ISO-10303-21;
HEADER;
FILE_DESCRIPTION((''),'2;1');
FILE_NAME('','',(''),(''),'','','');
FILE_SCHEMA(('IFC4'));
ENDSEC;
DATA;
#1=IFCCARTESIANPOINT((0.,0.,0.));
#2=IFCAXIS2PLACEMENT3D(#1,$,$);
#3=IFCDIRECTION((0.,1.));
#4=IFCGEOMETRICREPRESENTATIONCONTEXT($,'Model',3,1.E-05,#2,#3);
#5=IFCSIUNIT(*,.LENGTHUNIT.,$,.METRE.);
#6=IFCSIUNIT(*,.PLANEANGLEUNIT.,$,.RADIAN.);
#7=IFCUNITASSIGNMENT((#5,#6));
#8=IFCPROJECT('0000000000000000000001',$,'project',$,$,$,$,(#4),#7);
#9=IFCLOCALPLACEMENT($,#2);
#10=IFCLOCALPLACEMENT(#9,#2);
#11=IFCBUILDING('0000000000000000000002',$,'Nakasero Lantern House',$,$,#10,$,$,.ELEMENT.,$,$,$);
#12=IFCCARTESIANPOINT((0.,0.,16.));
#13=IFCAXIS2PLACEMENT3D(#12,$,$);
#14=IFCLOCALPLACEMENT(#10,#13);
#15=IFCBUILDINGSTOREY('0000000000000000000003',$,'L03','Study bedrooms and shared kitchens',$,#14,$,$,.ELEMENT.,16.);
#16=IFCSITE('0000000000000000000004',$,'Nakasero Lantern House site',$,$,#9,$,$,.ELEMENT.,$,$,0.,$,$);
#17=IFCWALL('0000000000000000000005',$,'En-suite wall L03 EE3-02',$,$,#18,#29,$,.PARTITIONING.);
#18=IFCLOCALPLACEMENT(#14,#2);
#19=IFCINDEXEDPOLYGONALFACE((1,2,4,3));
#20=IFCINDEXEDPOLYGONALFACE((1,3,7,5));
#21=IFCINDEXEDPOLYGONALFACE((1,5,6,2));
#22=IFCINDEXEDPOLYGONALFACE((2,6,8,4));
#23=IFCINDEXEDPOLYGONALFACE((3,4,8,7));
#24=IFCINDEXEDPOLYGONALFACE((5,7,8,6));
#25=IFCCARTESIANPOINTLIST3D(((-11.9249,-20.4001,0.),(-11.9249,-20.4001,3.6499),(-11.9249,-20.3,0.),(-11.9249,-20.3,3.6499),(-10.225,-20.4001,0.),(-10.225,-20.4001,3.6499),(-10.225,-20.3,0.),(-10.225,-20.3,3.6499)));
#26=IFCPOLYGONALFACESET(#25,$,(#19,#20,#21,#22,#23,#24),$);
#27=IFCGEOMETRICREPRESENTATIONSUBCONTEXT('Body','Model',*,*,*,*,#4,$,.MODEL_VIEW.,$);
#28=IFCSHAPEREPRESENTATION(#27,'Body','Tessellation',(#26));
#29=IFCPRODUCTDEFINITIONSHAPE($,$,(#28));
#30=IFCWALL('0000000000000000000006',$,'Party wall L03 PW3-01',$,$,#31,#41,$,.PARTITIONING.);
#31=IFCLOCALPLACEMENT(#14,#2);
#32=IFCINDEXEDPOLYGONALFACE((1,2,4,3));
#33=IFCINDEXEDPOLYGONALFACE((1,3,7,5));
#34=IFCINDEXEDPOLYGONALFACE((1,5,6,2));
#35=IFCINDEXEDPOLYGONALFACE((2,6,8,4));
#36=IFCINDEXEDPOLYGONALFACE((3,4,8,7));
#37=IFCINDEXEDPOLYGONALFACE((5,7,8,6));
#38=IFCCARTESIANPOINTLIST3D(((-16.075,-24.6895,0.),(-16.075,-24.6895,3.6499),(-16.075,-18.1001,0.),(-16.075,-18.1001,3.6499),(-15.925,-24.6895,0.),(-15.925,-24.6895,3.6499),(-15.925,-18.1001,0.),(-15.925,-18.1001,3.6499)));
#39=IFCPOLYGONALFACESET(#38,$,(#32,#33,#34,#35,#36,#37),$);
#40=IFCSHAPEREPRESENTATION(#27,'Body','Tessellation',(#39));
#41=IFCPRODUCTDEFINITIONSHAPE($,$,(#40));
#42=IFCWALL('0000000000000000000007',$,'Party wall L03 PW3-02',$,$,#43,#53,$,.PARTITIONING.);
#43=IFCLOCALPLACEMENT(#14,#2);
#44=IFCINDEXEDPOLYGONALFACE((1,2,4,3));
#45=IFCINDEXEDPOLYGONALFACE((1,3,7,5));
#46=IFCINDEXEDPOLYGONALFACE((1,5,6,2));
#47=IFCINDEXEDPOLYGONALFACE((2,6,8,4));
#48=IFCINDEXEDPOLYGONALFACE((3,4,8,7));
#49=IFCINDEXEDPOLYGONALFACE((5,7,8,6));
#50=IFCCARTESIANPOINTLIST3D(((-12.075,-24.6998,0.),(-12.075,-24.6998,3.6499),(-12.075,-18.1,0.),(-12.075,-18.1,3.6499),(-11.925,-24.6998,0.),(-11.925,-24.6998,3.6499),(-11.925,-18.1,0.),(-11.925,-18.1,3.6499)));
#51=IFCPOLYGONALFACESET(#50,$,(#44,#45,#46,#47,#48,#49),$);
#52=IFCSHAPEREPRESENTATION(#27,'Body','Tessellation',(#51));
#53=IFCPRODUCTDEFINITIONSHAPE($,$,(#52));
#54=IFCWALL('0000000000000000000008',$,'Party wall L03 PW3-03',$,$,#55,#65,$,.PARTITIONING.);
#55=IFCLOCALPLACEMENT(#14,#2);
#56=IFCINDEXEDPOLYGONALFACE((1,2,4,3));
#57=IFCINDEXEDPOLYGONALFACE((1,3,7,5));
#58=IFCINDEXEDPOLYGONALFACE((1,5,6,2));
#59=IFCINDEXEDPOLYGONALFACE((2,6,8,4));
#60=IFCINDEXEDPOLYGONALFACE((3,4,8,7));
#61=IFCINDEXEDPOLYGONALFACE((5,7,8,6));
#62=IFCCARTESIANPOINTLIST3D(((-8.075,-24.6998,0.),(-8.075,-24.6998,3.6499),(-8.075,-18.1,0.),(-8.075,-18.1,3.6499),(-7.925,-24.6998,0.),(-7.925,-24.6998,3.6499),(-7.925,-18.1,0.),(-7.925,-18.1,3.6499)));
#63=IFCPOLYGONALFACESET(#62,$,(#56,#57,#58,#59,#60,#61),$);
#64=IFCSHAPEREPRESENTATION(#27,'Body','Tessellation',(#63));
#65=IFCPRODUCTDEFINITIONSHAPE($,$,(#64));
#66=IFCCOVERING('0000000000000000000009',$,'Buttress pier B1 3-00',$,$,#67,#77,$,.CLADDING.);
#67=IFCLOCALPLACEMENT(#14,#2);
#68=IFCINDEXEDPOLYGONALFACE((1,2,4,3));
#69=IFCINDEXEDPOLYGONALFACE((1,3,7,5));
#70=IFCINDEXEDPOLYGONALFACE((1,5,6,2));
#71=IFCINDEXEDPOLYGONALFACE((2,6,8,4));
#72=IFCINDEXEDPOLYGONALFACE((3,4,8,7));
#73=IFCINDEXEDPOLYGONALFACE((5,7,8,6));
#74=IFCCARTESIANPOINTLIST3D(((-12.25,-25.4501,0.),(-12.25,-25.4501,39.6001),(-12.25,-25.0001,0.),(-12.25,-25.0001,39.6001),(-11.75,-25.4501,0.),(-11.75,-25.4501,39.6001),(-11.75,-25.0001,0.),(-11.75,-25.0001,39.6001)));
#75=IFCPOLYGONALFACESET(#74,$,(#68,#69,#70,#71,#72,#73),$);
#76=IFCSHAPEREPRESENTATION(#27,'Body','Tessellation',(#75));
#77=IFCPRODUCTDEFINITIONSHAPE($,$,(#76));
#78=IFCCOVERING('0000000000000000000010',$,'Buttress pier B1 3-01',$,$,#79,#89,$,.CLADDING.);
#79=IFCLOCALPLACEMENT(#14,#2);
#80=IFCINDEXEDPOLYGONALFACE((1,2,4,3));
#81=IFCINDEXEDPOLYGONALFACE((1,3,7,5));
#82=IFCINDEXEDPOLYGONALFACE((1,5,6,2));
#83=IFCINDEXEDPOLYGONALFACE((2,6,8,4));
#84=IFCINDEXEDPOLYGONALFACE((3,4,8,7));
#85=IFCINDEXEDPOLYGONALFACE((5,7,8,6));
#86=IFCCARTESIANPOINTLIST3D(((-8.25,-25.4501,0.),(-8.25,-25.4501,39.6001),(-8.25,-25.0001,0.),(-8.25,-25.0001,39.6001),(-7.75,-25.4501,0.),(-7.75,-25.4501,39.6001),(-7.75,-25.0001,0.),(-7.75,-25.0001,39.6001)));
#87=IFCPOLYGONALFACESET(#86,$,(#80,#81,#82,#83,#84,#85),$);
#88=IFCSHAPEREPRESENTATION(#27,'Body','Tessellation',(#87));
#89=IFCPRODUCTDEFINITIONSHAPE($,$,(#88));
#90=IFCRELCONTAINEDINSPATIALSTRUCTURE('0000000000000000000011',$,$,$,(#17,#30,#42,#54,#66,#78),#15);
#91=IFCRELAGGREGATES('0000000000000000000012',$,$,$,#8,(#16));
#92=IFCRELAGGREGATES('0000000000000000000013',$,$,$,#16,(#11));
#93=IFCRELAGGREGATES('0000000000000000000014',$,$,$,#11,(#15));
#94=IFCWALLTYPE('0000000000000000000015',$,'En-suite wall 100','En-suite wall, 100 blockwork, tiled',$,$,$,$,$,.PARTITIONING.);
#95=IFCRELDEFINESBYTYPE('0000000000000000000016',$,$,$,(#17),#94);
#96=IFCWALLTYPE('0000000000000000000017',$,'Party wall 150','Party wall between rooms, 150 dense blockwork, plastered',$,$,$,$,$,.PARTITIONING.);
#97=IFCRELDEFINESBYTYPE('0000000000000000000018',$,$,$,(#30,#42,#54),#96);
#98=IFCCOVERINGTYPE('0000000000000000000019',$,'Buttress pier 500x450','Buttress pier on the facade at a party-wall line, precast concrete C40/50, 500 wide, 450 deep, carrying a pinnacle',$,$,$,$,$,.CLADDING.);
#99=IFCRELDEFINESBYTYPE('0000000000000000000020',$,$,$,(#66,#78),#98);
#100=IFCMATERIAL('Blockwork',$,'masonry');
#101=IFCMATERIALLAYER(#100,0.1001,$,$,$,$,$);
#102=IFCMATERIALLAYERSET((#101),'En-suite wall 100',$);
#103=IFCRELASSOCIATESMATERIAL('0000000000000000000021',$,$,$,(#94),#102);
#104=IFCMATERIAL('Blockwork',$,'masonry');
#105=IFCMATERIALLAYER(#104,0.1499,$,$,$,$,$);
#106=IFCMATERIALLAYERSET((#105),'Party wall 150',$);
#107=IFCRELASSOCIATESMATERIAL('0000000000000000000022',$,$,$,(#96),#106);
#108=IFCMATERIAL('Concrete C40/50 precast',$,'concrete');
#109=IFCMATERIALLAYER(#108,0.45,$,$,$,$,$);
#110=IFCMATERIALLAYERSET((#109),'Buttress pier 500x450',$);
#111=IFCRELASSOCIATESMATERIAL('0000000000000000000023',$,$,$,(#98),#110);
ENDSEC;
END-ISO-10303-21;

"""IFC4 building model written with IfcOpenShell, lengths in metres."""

from ifc_helpers import new_model, si_unit, direction, frame, frame_2d, origin, origin_2d, place, context, subcontext, project, spatial, rectangle, extrude, material, layer, layer_set, type_object, element, save


model = new_model("IFC4")

# Units and contexts
model_context = context("Model", 3, precision=1e-05, world=origin(), true_north=direction((0.0, 1.0)))
body_context = subcontext(model_context, "Body", "Model", "MODEL_VIEW")
ifc_project = project(units=[si_unit("LENGTHUNIT", "METRE"), si_unit("PLANEANGLEUNIT", "RADIAN")], contexts=[model_context])

# Site, building, storey
site_placement = place(None, origin())
site = spatial("IfcSite", under=ifc_project, at=site_placement, Name="Nakasero Lantern House site", CompositionType="ELEMENT", RefElevation=0.0)
building_placement = place(site_placement, origin())
building = spatial("IfcBuilding", under=site, at=building_placement, Name="Nakasero Lantern House", CompositionType="ELEMENT")
storey_placement = place(building_placement, frame((0.0, 0.0, 16.0)))
storey = spatial("IfcBuildingStorey", under=building, at=storey_placement, Name="L03", Description="Study bedrooms and shared kitchens", CompositionType="ELEMENT", Elevation=16.0)

# Shared definitions
ifc_material_1 = material(Name="Blockwork", Category="masonry")
ifc_layer_1 = layer(ifc_material_1, 0.1001)
ifc_layer_set_1 = layer_set([ifc_layer_1], Name="En-suite wall 100")
wall_type_1 = type_object("IfcWallType", Name="En-suite wall 100", Description="En-suite wall, 100 blockwork, tiled", PredefinedType="PARTITIONING", material=ifc_layer_set_1)

# Walls
wall_1_placement = place(storey_placement, frame((-11.925, -20.3501, 0.0), z_axis=(0.0, 0.0, 1.0), x_axis=(1.0, 0.0, 0.0)))
element("IfcWall", 1, at=wall_1_placement, inside=storey, type_object=wall_type_1, Name="En-suite wall L03 EE3-02", PredefinedType="PARTITIONING", context=body_context, shape_type="SweptSolid", body=[
    extrude(rectangle(XDim=1.7, YDim=0.1001, at=frame_2d((0.8501, 0.0))), origin(), (0.0, 0.0, 1.0), 3.6499),
])
ifc_material_2 = material(Name="Blockwork", Category="masonry")
ifc_layer_2 = layer(ifc_material_2, 0.1499)
ifc_layer_set_2 = layer_set([ifc_layer_2], Name="Party wall 150")
wall_type_2 = type_object("IfcWallType", Name="Party wall 150", Description="Party wall between rooms, 150 dense blockwork, plastered", PredefinedType="PARTITIONING", material=ifc_layer_set_2)
wall_2_placement = place(storey_placement, frame((-16.0, -18.1001, 0.0), z_axis=(0.0, 0.0, 1.0), x_axis=(0.0, -1.0, 0.0)))
element("IfcWall", 2, at=wall_2_placement, inside=storey, type_object=wall_type_2, Name="Party wall L03 PW3-01", PredefinedType="PARTITIONING", context=body_context, shape_type="SweptSolid", body=[
    extrude(rectangle(XDim=6.5894, YDim=0.1499, at=frame_2d((3.2947, 0.0))), origin(), (0.0, 0.0, 1.0), 3.6499),
])
for number, where, z_axis, x_axis, name in (
    (3, (-12.0, -18.1001, 0.0), (0.0, 0.0, 1.0), (0.0, -1.0, 0.0), "Party wall L03 PW3-02"),
    (4, (-8.0, -18.1001, 0.0), (0.0, 0.0, 1.0), (0.0, -1.0, 0.0), "Party wall L03 PW3-03"),
):
    element("IfcWall", number, at=place(storey_placement, frame(where, z_axis=z_axis, x_axis=x_axis)), inside=storey, type_object=wall_type_2, Name=name, PredefinedType="PARTITIONING", context=body_context, shape_type="SweptSolid", body=[
        extrude(rectangle(XDim=6.5999, YDim=0.1499, at=frame_2d((3.2998, 0.0))), origin(), (0.0, 0.0, 1.0), 3.6499),
    ])

# Coverings
ifc_material_3 = material(Name="Concrete C40/50 precast", Category="concrete")
ifc_layer_3 = layer(ifc_material_3, 0.45)
ifc_layer_set_3 = layer_set([ifc_layer_3], Name="Buttress pier 500x450")
covering_type = type_object("IfcCoveringType", Name="Buttress pier 500x450", Description="Buttress pier on the facade at a party-wall line, precast concrete C40/50, 500 wide, 450 deep, carrying a pinnacle", PredefinedType="CLADDING", material=ifc_layer_set_3)
for number, where, z_axis, x_axis, name in (
    (5, (-12.0, -25.2251, 0.0), (0.0, 0.0, 1.0), (0.0, -1.0, 0.0), "Buttress pier B1 3-00"),
    (6, (-8.0, -25.2251, 0.0), (0.0, 0.0, 1.0), (0.0, -1.0, 0.0), "Buttress pier B1 3-01"),
):
    element("IfcCovering", number, at=place(storey_placement, frame(where, z_axis=z_axis, x_axis=x_axis)), inside=storey, type_object=covering_type, Name=name, PredefinedType="CLADDING", context=body_context, shape_type="SweptSolid", body=[
        extrude(rectangle(XDim=0.45, YDim=0.5, at=origin_2d()), origin(), (0.0, 0.0, 1.0), 39.6001),
    ])

save(model, "model.ifc")
